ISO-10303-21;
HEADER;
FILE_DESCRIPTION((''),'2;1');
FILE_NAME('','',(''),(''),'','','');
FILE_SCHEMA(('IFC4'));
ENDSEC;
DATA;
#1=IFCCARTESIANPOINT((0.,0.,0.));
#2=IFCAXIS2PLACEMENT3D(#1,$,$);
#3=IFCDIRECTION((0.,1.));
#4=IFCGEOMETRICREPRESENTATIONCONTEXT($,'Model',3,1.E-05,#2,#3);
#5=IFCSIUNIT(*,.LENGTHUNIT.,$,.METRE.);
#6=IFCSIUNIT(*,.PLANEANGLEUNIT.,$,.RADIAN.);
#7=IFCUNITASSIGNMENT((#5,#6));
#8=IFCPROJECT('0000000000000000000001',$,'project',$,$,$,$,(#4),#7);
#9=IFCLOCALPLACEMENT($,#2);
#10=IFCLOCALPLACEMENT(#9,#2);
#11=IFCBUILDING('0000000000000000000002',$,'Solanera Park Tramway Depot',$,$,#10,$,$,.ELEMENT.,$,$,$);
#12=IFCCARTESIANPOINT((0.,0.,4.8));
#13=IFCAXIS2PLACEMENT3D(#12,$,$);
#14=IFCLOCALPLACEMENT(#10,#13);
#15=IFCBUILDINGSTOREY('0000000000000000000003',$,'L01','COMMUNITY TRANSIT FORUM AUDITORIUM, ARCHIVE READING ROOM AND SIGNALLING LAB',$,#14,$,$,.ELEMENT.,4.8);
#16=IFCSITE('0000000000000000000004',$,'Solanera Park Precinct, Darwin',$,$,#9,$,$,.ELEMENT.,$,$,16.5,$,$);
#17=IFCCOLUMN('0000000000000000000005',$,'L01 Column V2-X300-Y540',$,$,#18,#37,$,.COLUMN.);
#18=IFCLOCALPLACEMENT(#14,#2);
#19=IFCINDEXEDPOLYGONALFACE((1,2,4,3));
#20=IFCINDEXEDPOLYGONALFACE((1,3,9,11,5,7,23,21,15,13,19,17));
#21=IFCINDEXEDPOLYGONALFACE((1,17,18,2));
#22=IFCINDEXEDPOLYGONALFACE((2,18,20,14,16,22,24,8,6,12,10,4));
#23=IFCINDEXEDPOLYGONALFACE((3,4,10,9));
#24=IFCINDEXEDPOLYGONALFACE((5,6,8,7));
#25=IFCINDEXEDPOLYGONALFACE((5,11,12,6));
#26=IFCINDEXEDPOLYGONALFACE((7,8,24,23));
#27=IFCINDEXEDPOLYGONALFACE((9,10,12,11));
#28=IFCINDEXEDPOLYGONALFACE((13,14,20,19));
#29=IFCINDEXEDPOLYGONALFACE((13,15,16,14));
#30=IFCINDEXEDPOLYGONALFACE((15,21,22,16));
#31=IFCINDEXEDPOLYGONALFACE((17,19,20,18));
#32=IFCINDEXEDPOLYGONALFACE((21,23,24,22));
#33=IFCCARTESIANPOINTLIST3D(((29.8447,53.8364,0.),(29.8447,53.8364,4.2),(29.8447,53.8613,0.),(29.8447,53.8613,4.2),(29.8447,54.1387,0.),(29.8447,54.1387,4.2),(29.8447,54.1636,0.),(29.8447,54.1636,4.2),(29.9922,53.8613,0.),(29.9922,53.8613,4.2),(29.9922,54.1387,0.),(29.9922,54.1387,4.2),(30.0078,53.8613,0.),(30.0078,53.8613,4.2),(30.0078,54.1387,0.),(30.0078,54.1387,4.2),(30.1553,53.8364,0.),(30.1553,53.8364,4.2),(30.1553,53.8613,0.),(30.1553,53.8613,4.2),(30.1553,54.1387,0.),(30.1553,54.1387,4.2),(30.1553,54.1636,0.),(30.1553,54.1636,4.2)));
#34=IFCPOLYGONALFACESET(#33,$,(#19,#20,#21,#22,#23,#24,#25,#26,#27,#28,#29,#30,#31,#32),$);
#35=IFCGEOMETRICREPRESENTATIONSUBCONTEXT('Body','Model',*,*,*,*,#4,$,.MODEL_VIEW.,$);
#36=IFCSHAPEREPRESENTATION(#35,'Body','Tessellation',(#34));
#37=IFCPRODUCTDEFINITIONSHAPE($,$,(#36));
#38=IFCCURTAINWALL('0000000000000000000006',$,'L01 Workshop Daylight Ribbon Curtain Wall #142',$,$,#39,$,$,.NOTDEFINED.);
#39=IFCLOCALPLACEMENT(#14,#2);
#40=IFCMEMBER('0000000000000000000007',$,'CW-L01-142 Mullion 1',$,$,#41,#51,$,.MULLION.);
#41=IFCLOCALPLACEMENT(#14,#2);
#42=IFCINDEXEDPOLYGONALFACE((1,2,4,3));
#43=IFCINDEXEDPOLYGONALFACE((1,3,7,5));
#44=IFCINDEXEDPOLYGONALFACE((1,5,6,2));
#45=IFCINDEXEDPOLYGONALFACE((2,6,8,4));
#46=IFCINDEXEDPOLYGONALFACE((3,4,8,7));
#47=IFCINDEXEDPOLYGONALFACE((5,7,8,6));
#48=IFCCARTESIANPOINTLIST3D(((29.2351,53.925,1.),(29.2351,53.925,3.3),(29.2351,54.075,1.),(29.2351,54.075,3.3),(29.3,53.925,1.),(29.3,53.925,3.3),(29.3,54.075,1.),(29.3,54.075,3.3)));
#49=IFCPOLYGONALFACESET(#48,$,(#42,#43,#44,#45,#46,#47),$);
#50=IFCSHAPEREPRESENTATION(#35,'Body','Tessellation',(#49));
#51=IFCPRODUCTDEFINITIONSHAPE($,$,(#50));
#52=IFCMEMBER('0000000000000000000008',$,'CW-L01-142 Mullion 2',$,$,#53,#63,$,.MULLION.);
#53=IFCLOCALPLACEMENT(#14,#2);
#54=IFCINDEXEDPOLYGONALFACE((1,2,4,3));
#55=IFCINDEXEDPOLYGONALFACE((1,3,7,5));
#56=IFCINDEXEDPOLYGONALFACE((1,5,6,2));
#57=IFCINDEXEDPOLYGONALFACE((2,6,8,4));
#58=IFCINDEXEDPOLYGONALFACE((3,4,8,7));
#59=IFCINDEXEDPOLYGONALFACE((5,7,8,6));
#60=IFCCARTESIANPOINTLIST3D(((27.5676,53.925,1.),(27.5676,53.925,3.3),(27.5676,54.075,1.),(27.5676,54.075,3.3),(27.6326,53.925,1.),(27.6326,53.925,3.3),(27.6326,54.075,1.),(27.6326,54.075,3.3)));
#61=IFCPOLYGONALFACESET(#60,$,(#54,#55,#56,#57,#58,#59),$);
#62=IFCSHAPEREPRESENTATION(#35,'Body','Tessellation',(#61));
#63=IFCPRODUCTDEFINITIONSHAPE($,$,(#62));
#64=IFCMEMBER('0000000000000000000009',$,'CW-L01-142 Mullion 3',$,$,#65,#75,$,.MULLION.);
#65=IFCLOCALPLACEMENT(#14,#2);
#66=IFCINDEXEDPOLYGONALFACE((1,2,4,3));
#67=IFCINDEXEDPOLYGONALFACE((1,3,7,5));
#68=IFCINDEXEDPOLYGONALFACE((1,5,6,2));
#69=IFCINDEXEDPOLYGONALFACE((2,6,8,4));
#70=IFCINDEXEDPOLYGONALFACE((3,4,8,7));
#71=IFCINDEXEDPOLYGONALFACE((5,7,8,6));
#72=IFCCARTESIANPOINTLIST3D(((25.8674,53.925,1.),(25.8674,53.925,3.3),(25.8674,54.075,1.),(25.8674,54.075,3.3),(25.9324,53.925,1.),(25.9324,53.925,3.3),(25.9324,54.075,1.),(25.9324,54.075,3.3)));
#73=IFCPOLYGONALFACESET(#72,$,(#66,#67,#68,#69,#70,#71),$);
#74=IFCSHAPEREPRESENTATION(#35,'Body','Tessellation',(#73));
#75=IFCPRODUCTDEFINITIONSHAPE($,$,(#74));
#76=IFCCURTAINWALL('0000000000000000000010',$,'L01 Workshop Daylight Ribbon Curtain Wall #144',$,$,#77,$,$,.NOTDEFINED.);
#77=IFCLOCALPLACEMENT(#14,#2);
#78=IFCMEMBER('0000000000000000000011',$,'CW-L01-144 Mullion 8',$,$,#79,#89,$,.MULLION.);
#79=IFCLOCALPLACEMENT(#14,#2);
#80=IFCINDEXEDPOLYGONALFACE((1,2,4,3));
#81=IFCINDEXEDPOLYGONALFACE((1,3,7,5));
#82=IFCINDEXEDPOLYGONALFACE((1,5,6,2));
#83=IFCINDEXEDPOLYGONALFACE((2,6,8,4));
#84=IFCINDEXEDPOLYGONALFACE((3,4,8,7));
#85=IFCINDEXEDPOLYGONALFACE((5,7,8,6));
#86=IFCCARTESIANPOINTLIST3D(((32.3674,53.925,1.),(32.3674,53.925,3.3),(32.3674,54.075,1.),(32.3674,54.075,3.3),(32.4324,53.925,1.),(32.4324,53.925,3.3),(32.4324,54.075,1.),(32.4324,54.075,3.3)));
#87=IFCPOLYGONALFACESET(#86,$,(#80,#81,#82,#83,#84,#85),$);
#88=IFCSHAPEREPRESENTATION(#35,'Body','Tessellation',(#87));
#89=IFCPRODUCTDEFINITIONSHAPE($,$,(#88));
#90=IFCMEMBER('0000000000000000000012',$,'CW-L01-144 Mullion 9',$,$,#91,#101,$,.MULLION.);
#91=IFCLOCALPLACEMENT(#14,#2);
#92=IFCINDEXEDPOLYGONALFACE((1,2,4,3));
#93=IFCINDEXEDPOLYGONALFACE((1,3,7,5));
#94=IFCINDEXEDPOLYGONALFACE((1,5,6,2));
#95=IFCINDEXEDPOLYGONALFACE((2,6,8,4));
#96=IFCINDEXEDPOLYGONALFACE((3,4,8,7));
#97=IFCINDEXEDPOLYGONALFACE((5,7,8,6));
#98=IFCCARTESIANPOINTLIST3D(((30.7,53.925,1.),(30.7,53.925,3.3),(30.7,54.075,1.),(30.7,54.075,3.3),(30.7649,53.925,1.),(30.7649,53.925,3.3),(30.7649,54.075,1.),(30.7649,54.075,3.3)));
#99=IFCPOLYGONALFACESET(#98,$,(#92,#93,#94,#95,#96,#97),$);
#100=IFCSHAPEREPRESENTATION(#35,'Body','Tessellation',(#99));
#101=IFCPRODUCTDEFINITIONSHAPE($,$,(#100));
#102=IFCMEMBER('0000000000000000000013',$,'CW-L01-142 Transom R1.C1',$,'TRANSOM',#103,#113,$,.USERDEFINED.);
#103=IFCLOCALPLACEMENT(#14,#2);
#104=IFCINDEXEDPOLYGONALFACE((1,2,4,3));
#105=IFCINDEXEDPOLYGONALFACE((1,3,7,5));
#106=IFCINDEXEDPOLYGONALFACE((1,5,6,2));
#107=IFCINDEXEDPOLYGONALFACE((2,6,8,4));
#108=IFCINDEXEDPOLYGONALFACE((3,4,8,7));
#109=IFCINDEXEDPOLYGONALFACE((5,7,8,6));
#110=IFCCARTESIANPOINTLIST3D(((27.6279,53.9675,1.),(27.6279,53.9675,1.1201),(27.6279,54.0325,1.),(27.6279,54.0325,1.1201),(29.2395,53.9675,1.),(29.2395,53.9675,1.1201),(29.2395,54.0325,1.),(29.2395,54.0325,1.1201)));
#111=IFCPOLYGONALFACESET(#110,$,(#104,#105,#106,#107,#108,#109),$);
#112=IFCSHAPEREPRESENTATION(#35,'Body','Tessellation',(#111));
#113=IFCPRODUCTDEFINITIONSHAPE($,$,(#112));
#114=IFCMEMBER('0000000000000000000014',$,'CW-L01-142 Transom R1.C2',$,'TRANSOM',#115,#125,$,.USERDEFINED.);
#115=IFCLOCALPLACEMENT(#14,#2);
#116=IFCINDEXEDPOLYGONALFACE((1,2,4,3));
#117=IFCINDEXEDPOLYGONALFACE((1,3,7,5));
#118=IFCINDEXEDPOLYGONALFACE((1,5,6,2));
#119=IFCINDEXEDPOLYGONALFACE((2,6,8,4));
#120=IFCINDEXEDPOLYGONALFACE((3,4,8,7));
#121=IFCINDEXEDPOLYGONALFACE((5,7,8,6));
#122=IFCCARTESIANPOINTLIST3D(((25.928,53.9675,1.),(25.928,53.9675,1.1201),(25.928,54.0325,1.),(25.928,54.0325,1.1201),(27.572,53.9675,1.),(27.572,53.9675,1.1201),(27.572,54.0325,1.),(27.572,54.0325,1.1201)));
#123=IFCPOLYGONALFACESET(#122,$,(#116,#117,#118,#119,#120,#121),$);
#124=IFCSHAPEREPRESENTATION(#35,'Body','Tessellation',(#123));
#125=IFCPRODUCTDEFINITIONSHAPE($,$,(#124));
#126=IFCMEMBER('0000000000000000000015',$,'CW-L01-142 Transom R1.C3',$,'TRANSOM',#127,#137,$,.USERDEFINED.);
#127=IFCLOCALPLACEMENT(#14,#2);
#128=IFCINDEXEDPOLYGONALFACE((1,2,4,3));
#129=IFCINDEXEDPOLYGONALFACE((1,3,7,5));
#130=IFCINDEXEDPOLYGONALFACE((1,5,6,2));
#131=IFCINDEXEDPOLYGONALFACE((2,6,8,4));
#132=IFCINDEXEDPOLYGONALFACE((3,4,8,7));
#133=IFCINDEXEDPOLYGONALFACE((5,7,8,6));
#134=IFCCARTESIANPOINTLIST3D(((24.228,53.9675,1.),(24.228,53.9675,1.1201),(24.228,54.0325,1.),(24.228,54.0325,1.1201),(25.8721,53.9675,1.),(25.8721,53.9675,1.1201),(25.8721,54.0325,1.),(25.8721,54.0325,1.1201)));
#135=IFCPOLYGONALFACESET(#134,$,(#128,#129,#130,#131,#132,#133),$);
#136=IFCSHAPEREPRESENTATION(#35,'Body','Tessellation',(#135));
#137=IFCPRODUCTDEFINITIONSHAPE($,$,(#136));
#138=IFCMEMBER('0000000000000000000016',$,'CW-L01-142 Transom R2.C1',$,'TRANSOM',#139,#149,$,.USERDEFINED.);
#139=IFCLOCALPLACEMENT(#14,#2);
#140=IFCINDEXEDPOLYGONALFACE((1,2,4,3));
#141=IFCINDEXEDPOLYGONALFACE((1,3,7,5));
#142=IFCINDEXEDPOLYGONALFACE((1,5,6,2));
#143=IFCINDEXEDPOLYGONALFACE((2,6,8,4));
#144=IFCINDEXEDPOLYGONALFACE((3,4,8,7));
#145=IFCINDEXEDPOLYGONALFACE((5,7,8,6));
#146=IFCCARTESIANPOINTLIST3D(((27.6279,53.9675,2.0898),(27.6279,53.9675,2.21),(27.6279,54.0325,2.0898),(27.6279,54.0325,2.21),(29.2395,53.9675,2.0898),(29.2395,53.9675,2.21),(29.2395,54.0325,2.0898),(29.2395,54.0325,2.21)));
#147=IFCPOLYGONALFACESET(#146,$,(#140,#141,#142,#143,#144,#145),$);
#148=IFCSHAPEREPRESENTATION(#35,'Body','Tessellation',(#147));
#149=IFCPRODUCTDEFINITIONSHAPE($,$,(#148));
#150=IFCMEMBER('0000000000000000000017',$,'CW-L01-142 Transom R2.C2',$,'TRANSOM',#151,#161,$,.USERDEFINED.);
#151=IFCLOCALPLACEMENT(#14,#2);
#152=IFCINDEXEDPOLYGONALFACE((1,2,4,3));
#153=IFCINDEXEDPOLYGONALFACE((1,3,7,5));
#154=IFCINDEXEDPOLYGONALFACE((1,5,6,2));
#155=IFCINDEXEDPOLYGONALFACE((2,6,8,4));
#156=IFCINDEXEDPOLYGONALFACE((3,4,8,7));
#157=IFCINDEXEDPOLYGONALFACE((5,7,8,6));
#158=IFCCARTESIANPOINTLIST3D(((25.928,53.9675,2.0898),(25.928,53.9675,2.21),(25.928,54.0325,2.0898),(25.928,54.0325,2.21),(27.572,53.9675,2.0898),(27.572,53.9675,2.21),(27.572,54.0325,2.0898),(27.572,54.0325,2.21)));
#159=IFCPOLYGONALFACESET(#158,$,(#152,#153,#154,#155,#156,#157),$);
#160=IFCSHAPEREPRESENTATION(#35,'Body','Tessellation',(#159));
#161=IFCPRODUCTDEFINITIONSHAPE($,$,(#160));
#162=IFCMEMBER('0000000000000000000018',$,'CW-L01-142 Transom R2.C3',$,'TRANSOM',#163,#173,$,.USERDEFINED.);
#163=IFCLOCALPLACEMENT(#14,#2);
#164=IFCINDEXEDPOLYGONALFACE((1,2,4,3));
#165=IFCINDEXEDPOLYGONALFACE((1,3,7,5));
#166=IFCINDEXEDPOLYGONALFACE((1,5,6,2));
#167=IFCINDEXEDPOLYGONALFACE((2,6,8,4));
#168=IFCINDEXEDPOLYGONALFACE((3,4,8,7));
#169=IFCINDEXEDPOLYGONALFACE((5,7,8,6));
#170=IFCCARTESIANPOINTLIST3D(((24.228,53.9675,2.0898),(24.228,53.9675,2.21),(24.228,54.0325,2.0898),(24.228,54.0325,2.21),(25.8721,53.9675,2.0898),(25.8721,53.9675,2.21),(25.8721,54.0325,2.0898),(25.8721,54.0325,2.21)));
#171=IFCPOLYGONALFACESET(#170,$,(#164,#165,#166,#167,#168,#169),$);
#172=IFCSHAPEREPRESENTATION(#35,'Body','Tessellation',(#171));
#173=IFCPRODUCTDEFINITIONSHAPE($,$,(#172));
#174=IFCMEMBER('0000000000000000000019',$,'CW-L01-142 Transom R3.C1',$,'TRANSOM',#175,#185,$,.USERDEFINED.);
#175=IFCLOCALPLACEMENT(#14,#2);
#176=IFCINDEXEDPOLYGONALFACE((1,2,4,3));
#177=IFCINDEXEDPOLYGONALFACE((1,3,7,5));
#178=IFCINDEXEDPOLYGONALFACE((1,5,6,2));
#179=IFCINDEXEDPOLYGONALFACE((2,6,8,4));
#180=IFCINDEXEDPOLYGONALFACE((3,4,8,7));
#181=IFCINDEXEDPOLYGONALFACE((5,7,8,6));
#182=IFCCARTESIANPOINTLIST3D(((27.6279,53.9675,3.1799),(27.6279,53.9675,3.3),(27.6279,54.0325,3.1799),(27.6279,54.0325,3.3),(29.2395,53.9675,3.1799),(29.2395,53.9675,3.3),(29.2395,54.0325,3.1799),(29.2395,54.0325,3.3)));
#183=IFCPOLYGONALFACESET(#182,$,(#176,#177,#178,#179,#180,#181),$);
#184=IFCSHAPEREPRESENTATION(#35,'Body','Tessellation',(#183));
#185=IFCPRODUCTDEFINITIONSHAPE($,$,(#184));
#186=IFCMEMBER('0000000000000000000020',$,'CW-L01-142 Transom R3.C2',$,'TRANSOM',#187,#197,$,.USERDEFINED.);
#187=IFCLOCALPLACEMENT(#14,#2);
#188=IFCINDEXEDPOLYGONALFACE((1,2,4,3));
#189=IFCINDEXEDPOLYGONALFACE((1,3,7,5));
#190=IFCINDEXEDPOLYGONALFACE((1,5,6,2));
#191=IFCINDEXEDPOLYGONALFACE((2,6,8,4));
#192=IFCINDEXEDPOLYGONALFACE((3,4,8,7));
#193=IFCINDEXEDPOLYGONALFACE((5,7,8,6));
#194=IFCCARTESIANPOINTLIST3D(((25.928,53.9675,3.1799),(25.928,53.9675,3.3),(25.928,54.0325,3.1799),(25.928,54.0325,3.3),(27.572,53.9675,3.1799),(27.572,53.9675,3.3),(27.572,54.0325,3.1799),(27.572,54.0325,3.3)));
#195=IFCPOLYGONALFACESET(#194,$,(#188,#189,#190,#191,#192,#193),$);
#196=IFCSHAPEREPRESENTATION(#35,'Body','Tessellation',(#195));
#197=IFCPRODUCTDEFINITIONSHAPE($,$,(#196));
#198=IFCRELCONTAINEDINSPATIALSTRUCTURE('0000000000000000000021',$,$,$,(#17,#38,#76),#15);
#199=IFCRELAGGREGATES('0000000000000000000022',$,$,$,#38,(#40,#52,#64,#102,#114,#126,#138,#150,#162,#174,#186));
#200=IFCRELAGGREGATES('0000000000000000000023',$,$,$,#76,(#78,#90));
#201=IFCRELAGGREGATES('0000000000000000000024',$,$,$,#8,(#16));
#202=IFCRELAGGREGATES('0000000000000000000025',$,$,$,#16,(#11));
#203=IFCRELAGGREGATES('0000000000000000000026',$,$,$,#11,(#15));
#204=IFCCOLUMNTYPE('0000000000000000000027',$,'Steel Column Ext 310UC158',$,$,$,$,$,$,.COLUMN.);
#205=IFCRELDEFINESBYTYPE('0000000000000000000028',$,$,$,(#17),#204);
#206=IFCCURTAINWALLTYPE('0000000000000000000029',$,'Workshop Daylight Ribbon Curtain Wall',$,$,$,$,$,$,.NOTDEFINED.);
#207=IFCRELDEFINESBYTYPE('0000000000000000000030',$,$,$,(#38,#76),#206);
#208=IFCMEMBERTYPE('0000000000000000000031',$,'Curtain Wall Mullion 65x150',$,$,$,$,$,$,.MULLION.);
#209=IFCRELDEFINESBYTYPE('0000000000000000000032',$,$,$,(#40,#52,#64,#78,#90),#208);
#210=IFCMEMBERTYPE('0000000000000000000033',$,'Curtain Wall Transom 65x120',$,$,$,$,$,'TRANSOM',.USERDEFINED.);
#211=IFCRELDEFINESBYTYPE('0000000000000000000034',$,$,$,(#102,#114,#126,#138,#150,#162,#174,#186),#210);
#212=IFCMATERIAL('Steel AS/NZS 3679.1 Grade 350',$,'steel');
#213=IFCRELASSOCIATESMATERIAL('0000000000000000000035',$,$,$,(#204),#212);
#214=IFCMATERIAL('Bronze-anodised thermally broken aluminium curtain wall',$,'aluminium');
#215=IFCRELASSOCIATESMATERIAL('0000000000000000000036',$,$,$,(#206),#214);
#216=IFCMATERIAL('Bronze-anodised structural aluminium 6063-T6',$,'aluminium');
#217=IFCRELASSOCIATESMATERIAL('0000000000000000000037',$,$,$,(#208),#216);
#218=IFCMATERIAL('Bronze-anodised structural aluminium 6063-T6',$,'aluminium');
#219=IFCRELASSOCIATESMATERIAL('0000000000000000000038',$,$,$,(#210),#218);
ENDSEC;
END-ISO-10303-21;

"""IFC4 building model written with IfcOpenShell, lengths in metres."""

from ifc_helpers import new_model, si_unit, direction, frame, origin, origin_2d, place, context, subcontext, project, spatial, rectangle, i_section, extrude, material, material_profile, profile_set, type_object, element, aggregate, save


model = new_model("IFC4")

# Units and contexts
model_context = context("Model", 3, precision=1e-05, world=origin(), true_north=direction((0.0, 1.0)))
body_context = subcontext(model_context, "Body", "Model", "MODEL_VIEW")
ifc_project = project(units=[si_unit("LENGTHUNIT", "METRE"), si_unit("PLANEANGLEUNIT", "RADIAN")], contexts=[model_context])

# Site, building, storey
site_placement = place(None, origin())
site = spatial("IfcSite", under=ifc_project, at=site_placement, Name="Solanera Park Precinct, Darwin", CompositionType="ELEMENT", RefElevation=16.5)
building_placement = place(site_placement, origin())
building = spatial("IfcBuilding", under=site, at=building_placement, Name="Solanera Park Tramway Depot", CompositionType="ELEMENT")
storey_placement = place(building_placement, frame((0.0, 0.0, 4.8)))
storey = spatial("IfcBuildingStorey", under=building, at=storey_placement, Name="L01", Description="COMMUNITY TRANSIT FORUM AUDITORIUM, ARCHIVE READING ROOM AND SIGNALLING LAB", CompositionType="ELEMENT", Elevation=4.8)

# Column
ifc_material_1 = material(Name="Steel AS/NZS 3679.1 Grade 350", Category="steel")
ifc_material_profile_1 = material_profile(ifc_material_1, i_section(OverallWidth=0.3105, OverallDepth=0.3271, WebThickness=0.0156, FlangeThickness=0.0249, at=origin_2d()), Name="310UC158")
ifc_profile_set_1 = profile_set([ifc_material_profile_1], Name="Steel AS/NZS 3679.1 Grade 350")
column_type = type_object("IfcColumnType", Name="Steel Column Ext 310UC158", PredefinedType="COLUMN", material=ifc_profile_set_1)
column_placement = place(storey_placement, frame((30.0, 54.0, 0.0), z_axis=(0.0, 0.0, 1.0), x_axis=(1.0, 0.0, 0.0)))
element("IfcColumn", 1, at=column_placement, inside=storey, type_object=column_type, Name="L01 Column V2-X300-Y540", PredefinedType="COLUMN", context=body_context, shape_type="SweptSolid", body=[
    extrude(i_section(OverallWidth=0.3105, OverallDepth=0.3271, WebThickness=0.0156, FlangeThickness=0.0249, at=origin_2d()), origin(), (0.0, 0.0, 1.0), 4.2),
])

# Curtain walls, members
ifc_material_2 = material(Name="Bronze-anodised thermally broken aluminium curtain wall", Category="aluminium")
curtain_wall_type = type_object("IfcCurtainWallType", Name="Workshop Daylight Ribbon Curtain Wall", PredefinedType="NOTDEFINED", material=ifc_material_2)
curtain_wall_1_placement = place(storey_placement, origin())
curtain_wall_1 = element("IfcCurtainWall", 2, at=curtain_wall_1_placement, inside=storey, type_object=curtain_wall_type, Name="L01 Workshop Daylight Ribbon Curtain Wall #142", PredefinedType="NOTDEFINED")
ifc_material_3 = material(Name="Bronze-anodised structural aluminium 6063-T6", Category="aluminium")
ifc_material_profile_2 = material_profile(ifc_material_3, rectangle(XDim=0.0649, YDim=0.1499, at=origin_2d()), Name="Curtain Wall Mullion 65x150")
ifc_profile_set_2 = profile_set([ifc_material_profile_2], Name="Bronze-anodised structural aluminium 6063-T6")
member_type_1 = type_object("IfcMemberType", Name="Curtain Wall Mullion 65x150", PredefinedType="MULLION", material=ifc_profile_set_2)
member_1_placement = place(storey_placement, frame((29.2676, 54.0, 1.0), z_axis=(0.0, 0.0, 1.0), x_axis=(1.0, 0.0, 0.0)))
member_1 = element("IfcMember", 3, at=member_1_placement, type_object=member_type_1, Name="CW-L01-142 Mullion 1", PredefinedType="MULLION", context=body_context, shape_type="SweptSolid", body=[
    extrude(rectangle(XDim=0.0649, YDim=0.1499, at=origin_2d()), origin(), (0.0, 0.0, 1.0), 2.3),
])
member_2_placement = place(storey_placement, frame((27.6001, 54.0, 1.0), z_axis=(0.0, 0.0, 1.0), x_axis=(1.0, 0.0, 0.0)))
member_2 = element("IfcMember", 4, at=member_2_placement, type_object=member_type_1, Name="CW-L01-142 Mullion 2", PredefinedType="MULLION", context=body_context, shape_type="SweptSolid", body=[
    extrude(rectangle(XDim=0.0649, YDim=0.1499, at=origin_2d()), origin(), (0.0, 0.0, 1.0), 2.3),
])
member_3_placement = place(storey_placement, frame((25.8999, 54.0, 1.0), z_axis=(0.0, 0.0, 1.0), x_axis=(1.0, 0.0, 0.0)))
member_3 = element("IfcMember", 5, at=member_3_placement, type_object=member_type_1, Name="CW-L01-142 Mullion 3", PredefinedType="MULLION", context=body_context, shape_type="SweptSolid", body=[
    extrude(rectangle(XDim=0.0649, YDim=0.1499, at=origin_2d()), origin(), (0.0, 0.0, 1.0), 2.3),
])
curtain_wall_2_placement = place(storey_placement, origin())
curtain_wall_2 = element("IfcCurtainWall", 6, at=curtain_wall_2_placement, inside=storey, type_object=curtain_wall_type, Name="L01 Workshop Daylight Ribbon Curtain Wall #144", PredefinedType="NOTDEFINED")
member_4_placement = place(storey_placement, frame((32.3999, 54.0, 1.0), z_axis=(0.0, 0.0, 1.0), x_axis=(1.0, 0.0, 0.0)))
member_4 = element("IfcMember", 7, at=member_4_placement, type_object=member_type_1, Name="CW-L01-144 Mullion 8", PredefinedType="MULLION", context=body_context, shape_type="SweptSolid", body=[
    extrude(rectangle(XDim=0.0649, YDim=0.1499, at=origin_2d()), origin(), (0.0, 0.0, 1.0), 2.3),
])
member_5_placement = place(storey_placement, frame((30.7324, 54.0, 1.0), z_axis=(0.0, 0.0, 1.0), x_axis=(1.0, 0.0, 0.0)))
member_5 = element("IfcMember", 8, at=member_5_placement, type_object=member_type_1, Name="CW-L01-144 Mullion 9", PredefinedType="MULLION", context=body_context, shape_type="SweptSolid", body=[
    extrude(rectangle(XDim=0.0649, YDim=0.1499, at=origin_2d()), origin(), (0.0, 0.0, 1.0), 2.3),
])

# Members
ifc_material_4 = material(Name="Bronze-anodised structural aluminium 6063-T6", Category="aluminium")
ifc_material_profile_3 = material_profile(ifc_material_4, rectangle(XDim=0.0649, YDim=0.1201, at=origin_2d()), Name="Curtain Wall Transom 65x120")
ifc_profile_set_3 = profile_set([ifc_material_profile_3], Name="Bronze-anodised structural aluminium 6063-T6")
member_type_2 = type_object("IfcMemberType", Name="Curtain Wall Transom 65x120", ElementType="TRANSOM", PredefinedType="USERDEFINED", material=ifc_profile_set_3)
member_6_placement = place(storey_placement, frame((29.2395, 54.0, 1.0601), z_axis=(-1.0, 0.0, 0.0), x_axis=(0.0, -1.0, 0.0)))
member_6 = element("IfcMember", 9, at=member_6_placement, type_object=member_type_2, Name="CW-L01-142 Transom R1.C1", ObjectType="TRANSOM", PredefinedType="USERDEFINED", context=body_context, shape_type="SweptSolid", body=[
    extrude(rectangle(XDim=0.0649, YDim=0.1201, at=origin_2d()), origin(), (0.0, 0.0, 1.0), 1.6116),
])
member_7_placement = place(storey_placement, frame((27.572, 54.0, 1.0601), z_axis=(-1.0, 0.0, 0.0), x_axis=(0.0, -1.0, 0.0)))
member_7 = element("IfcMember", 10, at=member_7_placement, type_object=member_type_2, Name="CW-L01-142 Transom R1.C2", ObjectType="TRANSOM", PredefinedType="USERDEFINED", context=body_context, shape_type="SweptSolid", body=[
    extrude(rectangle(XDim=0.0649, YDim=0.1201, at=origin_2d()), origin(), (0.0, 0.0, 1.0), 1.644),
])
member_8_placement = place(storey_placement, frame((25.8721, 54.0, 1.0601), z_axis=(-1.0, 0.0, 0.0), x_axis=(0.0, -1.0, 0.0)))
member_8 = element("IfcMember", 11, at=member_8_placement, type_object=member_type_2, Name="CW-L01-142 Transom R1.C3", ObjectType="TRANSOM", PredefinedType="USERDEFINED", context=body_context, shape_type="SweptSolid", body=[
    extrude(rectangle(XDim=0.0649, YDim=0.1201, at=origin_2d()), origin(), (0.0, 0.0, 1.0), 1.644),
])
member_9_placement = place(storey_placement, frame((29.2395, 54.0, 2.1499), z_axis=(-1.0, 0.0, 0.0), x_axis=(0.0, -1.0, 0.0)))
member_9 = element("IfcMember", 12, at=member_9_placement, type_object=member_type_2, Name="CW-L01-142 Transom R2.C1", ObjectType="TRANSOM", PredefinedType="USERDEFINED", context=body_context, shape_type="SweptSolid", body=[
    extrude(rectangle(XDim=0.0649, YDim=0.1201, at=origin_2d()), origin(), (0.0, 0.0, 1.0), 1.6116),
])
member_10_placement = place(storey_placement, frame((27.572, 54.0, 2.1499), z_axis=(-1.0, 0.0, 0.0), x_axis=(0.0, -1.0, 0.0)))
member_10 = element("IfcMember", 13, at=member_10_placement, type_object=member_type_2, Name="CW-L01-142 Transom R2.C2", ObjectType="TRANSOM", PredefinedType="USERDEFINED", context=body_context, shape_type="SweptSolid", body=[
    extrude(rectangle(XDim=0.0649, YDim=0.1201, at=origin_2d()), origin(), (0.0, 0.0, 1.0), 1.644),
])
member_11_placement = place(storey_placement, frame((25.8721, 54.0, 2.1499), z_axis=(-1.0, 0.0, 0.0), x_axis=(0.0, -1.0, 0.0)))
member_11 = element("IfcMember", 14, at=member_11_placement, type_object=member_type_2, Name="CW-L01-142 Transom R2.C3", ObjectType="TRANSOM", PredefinedType="USERDEFINED", context=body_context, shape_type="SweptSolid", body=[
    extrude(rectangle(XDim=0.0649, YDim=0.1201, at=origin_2d()), origin(), (0.0, 0.0, 1.0), 1.644),
])
member_12_placement = place(storey_placement, frame((29.2395, 54.0, 3.24), z_axis=(-1.0, 0.0, 0.0), x_axis=(0.0, -1.0, 0.0)))
member_12 = element("IfcMember", 15, at=member_12_placement, type_object=member_type_2, Name="CW-L01-142 Transom R3.C1", ObjectType="TRANSOM", PredefinedType="USERDEFINED", context=body_context, shape_type="SweptSolid", body=[
    extrude(rectangle(XDim=0.0649, YDim=0.1201, at=origin_2d()), origin(), (0.0, 0.0, 1.0), 1.6116),
])
member_13_placement = place(storey_placement, frame((27.572, 54.0, 3.24), z_axis=(-1.0, 0.0, 0.0), x_axis=(0.0, -1.0, 0.0)))
member_13 = element("IfcMember", 16, at=member_13_placement, type_object=member_type_2, Name="CW-L01-142 Transom R3.C2", ObjectType="TRANSOM", PredefinedType="USERDEFINED", context=body_context, shape_type="SweptSolid", body=[
    extrude(rectangle(XDim=0.0649, YDim=0.1201, at=origin_2d()), origin(), (0.0, 0.0, 1.0), 1.644),
])

aggregate(curtain_wall_1, [member_1, member_2, member_3, member_6, member_7, member_8, member_9, member_10, member_11, member_12, member_13])
aggregate(curtain_wall_2, [member_4, member_5])

save(model, "model.ifc")
